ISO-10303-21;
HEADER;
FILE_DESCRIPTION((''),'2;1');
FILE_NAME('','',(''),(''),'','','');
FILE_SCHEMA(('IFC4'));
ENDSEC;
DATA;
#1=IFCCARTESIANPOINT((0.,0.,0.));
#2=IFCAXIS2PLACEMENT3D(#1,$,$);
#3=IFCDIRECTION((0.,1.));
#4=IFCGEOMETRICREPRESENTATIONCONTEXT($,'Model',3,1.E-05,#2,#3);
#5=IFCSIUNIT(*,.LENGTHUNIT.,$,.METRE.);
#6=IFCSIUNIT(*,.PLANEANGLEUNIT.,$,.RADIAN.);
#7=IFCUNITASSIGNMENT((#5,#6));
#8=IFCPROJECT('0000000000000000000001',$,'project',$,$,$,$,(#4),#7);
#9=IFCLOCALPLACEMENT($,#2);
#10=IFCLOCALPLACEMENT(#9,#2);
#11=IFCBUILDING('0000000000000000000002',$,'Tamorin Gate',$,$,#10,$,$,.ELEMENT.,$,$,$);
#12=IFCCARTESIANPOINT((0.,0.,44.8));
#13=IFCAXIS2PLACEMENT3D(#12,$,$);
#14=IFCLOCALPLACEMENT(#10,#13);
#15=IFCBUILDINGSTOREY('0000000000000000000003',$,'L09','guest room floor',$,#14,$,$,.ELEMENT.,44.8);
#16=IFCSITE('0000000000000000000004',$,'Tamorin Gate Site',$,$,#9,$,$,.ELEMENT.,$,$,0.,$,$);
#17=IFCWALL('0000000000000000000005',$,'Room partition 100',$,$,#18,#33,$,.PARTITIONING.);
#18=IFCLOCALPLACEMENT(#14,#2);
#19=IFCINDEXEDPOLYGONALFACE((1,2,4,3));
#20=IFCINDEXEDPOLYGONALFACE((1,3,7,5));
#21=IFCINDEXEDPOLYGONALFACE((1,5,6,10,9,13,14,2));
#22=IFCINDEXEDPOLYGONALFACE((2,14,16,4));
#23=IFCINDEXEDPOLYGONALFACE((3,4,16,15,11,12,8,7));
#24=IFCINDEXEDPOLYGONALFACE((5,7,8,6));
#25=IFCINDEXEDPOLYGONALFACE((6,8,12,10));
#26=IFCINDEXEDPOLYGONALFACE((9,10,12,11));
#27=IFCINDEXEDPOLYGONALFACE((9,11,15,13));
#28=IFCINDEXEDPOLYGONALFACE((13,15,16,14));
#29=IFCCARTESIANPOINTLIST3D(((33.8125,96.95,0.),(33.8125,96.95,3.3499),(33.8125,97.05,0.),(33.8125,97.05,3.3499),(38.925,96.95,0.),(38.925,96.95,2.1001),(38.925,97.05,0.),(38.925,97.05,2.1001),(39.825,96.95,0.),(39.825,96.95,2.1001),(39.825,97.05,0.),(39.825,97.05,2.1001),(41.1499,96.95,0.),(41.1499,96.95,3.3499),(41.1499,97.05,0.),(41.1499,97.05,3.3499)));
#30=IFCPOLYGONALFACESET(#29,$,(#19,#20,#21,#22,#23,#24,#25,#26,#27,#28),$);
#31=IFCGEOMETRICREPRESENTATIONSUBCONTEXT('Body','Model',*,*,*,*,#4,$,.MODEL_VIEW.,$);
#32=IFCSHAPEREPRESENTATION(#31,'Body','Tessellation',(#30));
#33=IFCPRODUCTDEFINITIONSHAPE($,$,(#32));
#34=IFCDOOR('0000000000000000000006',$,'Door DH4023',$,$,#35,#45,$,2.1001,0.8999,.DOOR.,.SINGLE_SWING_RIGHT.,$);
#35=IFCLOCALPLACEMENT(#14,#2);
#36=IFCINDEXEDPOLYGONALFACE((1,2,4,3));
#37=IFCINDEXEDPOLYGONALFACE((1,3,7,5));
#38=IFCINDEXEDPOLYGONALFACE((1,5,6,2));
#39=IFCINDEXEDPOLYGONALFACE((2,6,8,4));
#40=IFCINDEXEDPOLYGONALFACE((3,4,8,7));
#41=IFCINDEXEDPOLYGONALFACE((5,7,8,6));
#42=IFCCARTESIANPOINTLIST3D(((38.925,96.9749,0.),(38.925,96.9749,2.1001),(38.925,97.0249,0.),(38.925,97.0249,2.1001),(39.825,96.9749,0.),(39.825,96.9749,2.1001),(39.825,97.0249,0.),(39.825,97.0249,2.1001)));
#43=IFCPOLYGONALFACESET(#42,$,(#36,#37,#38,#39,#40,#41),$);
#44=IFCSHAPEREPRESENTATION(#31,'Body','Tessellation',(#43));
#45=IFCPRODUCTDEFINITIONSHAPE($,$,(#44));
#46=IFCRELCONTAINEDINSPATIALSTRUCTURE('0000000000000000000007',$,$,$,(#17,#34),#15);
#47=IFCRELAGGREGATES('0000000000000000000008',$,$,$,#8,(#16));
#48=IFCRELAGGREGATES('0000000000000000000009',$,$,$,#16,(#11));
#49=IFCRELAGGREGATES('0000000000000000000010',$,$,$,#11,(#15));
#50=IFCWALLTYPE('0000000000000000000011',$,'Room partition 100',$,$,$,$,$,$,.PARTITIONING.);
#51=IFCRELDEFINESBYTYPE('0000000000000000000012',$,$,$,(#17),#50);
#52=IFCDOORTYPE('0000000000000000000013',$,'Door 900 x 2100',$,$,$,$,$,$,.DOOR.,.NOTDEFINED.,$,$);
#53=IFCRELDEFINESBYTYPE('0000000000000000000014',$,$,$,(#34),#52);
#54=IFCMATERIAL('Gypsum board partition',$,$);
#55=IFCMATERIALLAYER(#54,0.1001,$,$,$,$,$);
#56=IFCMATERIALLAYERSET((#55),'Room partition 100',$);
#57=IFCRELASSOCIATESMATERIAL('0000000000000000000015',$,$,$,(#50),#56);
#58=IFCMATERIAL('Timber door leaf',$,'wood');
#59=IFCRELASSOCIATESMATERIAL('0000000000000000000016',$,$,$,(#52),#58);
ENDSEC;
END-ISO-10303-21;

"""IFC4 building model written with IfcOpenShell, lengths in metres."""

from ifc_helpers import new_model, si_unit, direction, frame, frame_2d, origin, place, context, subcontext, project, spatial, rectangle, extrude, material, layer, layer_set, type_object, element, fill, save


model = new_model("IFC4")

# Units and contexts
model_context = context("Model", 3, precision=1e-05, world=origin(), true_north=direction((0.0, 1.0)))
body_context = subcontext(model_context, "Body", "Model", "MODEL_VIEW")
ifc_project = project(units=[si_unit("LENGTHUNIT", "METRE"), si_unit("PLANEANGLEUNIT", "RADIAN")], contexts=[model_context])

# Site, building, storey
site_placement = place(None, origin())
site = spatial("IfcSite", under=ifc_project, at=site_placement, Name="Tamorin Gate Site", CompositionType="ELEMENT", RefElevation=0.0)
building_placement = place(site_placement, origin())
building = spatial("IfcBuilding", under=site, at=building_placement, Name="Tamorin Gate", CompositionType="ELEMENT")
storey_placement = place(building_placement, frame((0.0, 0.0, 44.8)))
storey = spatial("IfcBuildingStorey", under=building, at=storey_placement, Name="L09", Description="guest room floor", CompositionType="ELEMENT", Elevation=44.8)

# Wall, opening, door
ifc_material_1 = material(Name="Gypsum board partition")
ifc_layer_1 = layer(ifc_material_1, 0.1001)
ifc_layer_set_1 = layer_set([ifc_layer_1], Name="Room partition 100")
wall_type_1 = type_object("IfcWallType", Name="Room partition 100", PredefinedType="PARTITIONING", material=ifc_layer_set_1)
wall_1_placement = place(storey_placement, frame((33.8125, 97.0, 0.0), z_axis=(0.0, 0.0, 1.0), x_axis=(1.0, 0.0, 0.0)))
wall_1 = element("IfcWall", 1, at=wall_1_placement, inside=storey, type_object=wall_type_1, Name="Room partition 100", PredefinedType="PARTITIONING", context=body_context, shape_type="SweptSolid", body=[
    extrude(rectangle(XDim=7.3374, YDim=0.1001, at=frame_2d((3.6687, 0.0))), origin(), (0.0, 0.0, 1.0), 3.3499),
])
opening_1_placement = place(wall_1_placement, frame((5.1125, 0.0, 0.0)))
opening_1 = element("IfcOpeningElement", 2, at=opening_1_placement, cuts=wall_1, PredefinedType="OPENING", context=body_context, shape_type="SweptSolid", body=[
    extrude(rectangle(XDim=0.8999, YDim=2.1001, at=frame_2d((0.45, 1.05))), frame((0.0, 0.0601, 0.0), z_axis=(0.0, -1.0, 0.0), x_axis=(1.0, 0.0, 0.0)), (0.0, 0.0, 1.0), 0.1201),
])
ifc_material_2 = material(Name="Timber door leaf", Category="wood")
door_type = type_object("IfcDoorType", Name="Door 900 x 2100", OperationType="NOTDEFINED", PredefinedType="DOOR", material=ifc_material_2)
door_placement = place(opening_1_placement, origin())
door = element("IfcDoor", 3, at=door_placement, inside=storey, type_object=door_type, Name="Door DH4023", OperationType="SINGLE_SWING_RIGHT", OverallHeight=2.1001, OverallWidth=0.8999, PredefinedType="DOOR", context=body_context, shape_type="SweptSolid", body=[
    extrude(rectangle(XDim=0.8999, YDim=2.1001, at=frame_2d((0.45, 1.05))), frame((0.0, 0.0249, 0.0), z_axis=(0.0, -1.0, 0.0), x_axis=(1.0, 0.0, 0.0)), (0.0, 0.0, 1.0), 0.05),
])
fill(opening_1, door)

save(model, "model.ifc")
